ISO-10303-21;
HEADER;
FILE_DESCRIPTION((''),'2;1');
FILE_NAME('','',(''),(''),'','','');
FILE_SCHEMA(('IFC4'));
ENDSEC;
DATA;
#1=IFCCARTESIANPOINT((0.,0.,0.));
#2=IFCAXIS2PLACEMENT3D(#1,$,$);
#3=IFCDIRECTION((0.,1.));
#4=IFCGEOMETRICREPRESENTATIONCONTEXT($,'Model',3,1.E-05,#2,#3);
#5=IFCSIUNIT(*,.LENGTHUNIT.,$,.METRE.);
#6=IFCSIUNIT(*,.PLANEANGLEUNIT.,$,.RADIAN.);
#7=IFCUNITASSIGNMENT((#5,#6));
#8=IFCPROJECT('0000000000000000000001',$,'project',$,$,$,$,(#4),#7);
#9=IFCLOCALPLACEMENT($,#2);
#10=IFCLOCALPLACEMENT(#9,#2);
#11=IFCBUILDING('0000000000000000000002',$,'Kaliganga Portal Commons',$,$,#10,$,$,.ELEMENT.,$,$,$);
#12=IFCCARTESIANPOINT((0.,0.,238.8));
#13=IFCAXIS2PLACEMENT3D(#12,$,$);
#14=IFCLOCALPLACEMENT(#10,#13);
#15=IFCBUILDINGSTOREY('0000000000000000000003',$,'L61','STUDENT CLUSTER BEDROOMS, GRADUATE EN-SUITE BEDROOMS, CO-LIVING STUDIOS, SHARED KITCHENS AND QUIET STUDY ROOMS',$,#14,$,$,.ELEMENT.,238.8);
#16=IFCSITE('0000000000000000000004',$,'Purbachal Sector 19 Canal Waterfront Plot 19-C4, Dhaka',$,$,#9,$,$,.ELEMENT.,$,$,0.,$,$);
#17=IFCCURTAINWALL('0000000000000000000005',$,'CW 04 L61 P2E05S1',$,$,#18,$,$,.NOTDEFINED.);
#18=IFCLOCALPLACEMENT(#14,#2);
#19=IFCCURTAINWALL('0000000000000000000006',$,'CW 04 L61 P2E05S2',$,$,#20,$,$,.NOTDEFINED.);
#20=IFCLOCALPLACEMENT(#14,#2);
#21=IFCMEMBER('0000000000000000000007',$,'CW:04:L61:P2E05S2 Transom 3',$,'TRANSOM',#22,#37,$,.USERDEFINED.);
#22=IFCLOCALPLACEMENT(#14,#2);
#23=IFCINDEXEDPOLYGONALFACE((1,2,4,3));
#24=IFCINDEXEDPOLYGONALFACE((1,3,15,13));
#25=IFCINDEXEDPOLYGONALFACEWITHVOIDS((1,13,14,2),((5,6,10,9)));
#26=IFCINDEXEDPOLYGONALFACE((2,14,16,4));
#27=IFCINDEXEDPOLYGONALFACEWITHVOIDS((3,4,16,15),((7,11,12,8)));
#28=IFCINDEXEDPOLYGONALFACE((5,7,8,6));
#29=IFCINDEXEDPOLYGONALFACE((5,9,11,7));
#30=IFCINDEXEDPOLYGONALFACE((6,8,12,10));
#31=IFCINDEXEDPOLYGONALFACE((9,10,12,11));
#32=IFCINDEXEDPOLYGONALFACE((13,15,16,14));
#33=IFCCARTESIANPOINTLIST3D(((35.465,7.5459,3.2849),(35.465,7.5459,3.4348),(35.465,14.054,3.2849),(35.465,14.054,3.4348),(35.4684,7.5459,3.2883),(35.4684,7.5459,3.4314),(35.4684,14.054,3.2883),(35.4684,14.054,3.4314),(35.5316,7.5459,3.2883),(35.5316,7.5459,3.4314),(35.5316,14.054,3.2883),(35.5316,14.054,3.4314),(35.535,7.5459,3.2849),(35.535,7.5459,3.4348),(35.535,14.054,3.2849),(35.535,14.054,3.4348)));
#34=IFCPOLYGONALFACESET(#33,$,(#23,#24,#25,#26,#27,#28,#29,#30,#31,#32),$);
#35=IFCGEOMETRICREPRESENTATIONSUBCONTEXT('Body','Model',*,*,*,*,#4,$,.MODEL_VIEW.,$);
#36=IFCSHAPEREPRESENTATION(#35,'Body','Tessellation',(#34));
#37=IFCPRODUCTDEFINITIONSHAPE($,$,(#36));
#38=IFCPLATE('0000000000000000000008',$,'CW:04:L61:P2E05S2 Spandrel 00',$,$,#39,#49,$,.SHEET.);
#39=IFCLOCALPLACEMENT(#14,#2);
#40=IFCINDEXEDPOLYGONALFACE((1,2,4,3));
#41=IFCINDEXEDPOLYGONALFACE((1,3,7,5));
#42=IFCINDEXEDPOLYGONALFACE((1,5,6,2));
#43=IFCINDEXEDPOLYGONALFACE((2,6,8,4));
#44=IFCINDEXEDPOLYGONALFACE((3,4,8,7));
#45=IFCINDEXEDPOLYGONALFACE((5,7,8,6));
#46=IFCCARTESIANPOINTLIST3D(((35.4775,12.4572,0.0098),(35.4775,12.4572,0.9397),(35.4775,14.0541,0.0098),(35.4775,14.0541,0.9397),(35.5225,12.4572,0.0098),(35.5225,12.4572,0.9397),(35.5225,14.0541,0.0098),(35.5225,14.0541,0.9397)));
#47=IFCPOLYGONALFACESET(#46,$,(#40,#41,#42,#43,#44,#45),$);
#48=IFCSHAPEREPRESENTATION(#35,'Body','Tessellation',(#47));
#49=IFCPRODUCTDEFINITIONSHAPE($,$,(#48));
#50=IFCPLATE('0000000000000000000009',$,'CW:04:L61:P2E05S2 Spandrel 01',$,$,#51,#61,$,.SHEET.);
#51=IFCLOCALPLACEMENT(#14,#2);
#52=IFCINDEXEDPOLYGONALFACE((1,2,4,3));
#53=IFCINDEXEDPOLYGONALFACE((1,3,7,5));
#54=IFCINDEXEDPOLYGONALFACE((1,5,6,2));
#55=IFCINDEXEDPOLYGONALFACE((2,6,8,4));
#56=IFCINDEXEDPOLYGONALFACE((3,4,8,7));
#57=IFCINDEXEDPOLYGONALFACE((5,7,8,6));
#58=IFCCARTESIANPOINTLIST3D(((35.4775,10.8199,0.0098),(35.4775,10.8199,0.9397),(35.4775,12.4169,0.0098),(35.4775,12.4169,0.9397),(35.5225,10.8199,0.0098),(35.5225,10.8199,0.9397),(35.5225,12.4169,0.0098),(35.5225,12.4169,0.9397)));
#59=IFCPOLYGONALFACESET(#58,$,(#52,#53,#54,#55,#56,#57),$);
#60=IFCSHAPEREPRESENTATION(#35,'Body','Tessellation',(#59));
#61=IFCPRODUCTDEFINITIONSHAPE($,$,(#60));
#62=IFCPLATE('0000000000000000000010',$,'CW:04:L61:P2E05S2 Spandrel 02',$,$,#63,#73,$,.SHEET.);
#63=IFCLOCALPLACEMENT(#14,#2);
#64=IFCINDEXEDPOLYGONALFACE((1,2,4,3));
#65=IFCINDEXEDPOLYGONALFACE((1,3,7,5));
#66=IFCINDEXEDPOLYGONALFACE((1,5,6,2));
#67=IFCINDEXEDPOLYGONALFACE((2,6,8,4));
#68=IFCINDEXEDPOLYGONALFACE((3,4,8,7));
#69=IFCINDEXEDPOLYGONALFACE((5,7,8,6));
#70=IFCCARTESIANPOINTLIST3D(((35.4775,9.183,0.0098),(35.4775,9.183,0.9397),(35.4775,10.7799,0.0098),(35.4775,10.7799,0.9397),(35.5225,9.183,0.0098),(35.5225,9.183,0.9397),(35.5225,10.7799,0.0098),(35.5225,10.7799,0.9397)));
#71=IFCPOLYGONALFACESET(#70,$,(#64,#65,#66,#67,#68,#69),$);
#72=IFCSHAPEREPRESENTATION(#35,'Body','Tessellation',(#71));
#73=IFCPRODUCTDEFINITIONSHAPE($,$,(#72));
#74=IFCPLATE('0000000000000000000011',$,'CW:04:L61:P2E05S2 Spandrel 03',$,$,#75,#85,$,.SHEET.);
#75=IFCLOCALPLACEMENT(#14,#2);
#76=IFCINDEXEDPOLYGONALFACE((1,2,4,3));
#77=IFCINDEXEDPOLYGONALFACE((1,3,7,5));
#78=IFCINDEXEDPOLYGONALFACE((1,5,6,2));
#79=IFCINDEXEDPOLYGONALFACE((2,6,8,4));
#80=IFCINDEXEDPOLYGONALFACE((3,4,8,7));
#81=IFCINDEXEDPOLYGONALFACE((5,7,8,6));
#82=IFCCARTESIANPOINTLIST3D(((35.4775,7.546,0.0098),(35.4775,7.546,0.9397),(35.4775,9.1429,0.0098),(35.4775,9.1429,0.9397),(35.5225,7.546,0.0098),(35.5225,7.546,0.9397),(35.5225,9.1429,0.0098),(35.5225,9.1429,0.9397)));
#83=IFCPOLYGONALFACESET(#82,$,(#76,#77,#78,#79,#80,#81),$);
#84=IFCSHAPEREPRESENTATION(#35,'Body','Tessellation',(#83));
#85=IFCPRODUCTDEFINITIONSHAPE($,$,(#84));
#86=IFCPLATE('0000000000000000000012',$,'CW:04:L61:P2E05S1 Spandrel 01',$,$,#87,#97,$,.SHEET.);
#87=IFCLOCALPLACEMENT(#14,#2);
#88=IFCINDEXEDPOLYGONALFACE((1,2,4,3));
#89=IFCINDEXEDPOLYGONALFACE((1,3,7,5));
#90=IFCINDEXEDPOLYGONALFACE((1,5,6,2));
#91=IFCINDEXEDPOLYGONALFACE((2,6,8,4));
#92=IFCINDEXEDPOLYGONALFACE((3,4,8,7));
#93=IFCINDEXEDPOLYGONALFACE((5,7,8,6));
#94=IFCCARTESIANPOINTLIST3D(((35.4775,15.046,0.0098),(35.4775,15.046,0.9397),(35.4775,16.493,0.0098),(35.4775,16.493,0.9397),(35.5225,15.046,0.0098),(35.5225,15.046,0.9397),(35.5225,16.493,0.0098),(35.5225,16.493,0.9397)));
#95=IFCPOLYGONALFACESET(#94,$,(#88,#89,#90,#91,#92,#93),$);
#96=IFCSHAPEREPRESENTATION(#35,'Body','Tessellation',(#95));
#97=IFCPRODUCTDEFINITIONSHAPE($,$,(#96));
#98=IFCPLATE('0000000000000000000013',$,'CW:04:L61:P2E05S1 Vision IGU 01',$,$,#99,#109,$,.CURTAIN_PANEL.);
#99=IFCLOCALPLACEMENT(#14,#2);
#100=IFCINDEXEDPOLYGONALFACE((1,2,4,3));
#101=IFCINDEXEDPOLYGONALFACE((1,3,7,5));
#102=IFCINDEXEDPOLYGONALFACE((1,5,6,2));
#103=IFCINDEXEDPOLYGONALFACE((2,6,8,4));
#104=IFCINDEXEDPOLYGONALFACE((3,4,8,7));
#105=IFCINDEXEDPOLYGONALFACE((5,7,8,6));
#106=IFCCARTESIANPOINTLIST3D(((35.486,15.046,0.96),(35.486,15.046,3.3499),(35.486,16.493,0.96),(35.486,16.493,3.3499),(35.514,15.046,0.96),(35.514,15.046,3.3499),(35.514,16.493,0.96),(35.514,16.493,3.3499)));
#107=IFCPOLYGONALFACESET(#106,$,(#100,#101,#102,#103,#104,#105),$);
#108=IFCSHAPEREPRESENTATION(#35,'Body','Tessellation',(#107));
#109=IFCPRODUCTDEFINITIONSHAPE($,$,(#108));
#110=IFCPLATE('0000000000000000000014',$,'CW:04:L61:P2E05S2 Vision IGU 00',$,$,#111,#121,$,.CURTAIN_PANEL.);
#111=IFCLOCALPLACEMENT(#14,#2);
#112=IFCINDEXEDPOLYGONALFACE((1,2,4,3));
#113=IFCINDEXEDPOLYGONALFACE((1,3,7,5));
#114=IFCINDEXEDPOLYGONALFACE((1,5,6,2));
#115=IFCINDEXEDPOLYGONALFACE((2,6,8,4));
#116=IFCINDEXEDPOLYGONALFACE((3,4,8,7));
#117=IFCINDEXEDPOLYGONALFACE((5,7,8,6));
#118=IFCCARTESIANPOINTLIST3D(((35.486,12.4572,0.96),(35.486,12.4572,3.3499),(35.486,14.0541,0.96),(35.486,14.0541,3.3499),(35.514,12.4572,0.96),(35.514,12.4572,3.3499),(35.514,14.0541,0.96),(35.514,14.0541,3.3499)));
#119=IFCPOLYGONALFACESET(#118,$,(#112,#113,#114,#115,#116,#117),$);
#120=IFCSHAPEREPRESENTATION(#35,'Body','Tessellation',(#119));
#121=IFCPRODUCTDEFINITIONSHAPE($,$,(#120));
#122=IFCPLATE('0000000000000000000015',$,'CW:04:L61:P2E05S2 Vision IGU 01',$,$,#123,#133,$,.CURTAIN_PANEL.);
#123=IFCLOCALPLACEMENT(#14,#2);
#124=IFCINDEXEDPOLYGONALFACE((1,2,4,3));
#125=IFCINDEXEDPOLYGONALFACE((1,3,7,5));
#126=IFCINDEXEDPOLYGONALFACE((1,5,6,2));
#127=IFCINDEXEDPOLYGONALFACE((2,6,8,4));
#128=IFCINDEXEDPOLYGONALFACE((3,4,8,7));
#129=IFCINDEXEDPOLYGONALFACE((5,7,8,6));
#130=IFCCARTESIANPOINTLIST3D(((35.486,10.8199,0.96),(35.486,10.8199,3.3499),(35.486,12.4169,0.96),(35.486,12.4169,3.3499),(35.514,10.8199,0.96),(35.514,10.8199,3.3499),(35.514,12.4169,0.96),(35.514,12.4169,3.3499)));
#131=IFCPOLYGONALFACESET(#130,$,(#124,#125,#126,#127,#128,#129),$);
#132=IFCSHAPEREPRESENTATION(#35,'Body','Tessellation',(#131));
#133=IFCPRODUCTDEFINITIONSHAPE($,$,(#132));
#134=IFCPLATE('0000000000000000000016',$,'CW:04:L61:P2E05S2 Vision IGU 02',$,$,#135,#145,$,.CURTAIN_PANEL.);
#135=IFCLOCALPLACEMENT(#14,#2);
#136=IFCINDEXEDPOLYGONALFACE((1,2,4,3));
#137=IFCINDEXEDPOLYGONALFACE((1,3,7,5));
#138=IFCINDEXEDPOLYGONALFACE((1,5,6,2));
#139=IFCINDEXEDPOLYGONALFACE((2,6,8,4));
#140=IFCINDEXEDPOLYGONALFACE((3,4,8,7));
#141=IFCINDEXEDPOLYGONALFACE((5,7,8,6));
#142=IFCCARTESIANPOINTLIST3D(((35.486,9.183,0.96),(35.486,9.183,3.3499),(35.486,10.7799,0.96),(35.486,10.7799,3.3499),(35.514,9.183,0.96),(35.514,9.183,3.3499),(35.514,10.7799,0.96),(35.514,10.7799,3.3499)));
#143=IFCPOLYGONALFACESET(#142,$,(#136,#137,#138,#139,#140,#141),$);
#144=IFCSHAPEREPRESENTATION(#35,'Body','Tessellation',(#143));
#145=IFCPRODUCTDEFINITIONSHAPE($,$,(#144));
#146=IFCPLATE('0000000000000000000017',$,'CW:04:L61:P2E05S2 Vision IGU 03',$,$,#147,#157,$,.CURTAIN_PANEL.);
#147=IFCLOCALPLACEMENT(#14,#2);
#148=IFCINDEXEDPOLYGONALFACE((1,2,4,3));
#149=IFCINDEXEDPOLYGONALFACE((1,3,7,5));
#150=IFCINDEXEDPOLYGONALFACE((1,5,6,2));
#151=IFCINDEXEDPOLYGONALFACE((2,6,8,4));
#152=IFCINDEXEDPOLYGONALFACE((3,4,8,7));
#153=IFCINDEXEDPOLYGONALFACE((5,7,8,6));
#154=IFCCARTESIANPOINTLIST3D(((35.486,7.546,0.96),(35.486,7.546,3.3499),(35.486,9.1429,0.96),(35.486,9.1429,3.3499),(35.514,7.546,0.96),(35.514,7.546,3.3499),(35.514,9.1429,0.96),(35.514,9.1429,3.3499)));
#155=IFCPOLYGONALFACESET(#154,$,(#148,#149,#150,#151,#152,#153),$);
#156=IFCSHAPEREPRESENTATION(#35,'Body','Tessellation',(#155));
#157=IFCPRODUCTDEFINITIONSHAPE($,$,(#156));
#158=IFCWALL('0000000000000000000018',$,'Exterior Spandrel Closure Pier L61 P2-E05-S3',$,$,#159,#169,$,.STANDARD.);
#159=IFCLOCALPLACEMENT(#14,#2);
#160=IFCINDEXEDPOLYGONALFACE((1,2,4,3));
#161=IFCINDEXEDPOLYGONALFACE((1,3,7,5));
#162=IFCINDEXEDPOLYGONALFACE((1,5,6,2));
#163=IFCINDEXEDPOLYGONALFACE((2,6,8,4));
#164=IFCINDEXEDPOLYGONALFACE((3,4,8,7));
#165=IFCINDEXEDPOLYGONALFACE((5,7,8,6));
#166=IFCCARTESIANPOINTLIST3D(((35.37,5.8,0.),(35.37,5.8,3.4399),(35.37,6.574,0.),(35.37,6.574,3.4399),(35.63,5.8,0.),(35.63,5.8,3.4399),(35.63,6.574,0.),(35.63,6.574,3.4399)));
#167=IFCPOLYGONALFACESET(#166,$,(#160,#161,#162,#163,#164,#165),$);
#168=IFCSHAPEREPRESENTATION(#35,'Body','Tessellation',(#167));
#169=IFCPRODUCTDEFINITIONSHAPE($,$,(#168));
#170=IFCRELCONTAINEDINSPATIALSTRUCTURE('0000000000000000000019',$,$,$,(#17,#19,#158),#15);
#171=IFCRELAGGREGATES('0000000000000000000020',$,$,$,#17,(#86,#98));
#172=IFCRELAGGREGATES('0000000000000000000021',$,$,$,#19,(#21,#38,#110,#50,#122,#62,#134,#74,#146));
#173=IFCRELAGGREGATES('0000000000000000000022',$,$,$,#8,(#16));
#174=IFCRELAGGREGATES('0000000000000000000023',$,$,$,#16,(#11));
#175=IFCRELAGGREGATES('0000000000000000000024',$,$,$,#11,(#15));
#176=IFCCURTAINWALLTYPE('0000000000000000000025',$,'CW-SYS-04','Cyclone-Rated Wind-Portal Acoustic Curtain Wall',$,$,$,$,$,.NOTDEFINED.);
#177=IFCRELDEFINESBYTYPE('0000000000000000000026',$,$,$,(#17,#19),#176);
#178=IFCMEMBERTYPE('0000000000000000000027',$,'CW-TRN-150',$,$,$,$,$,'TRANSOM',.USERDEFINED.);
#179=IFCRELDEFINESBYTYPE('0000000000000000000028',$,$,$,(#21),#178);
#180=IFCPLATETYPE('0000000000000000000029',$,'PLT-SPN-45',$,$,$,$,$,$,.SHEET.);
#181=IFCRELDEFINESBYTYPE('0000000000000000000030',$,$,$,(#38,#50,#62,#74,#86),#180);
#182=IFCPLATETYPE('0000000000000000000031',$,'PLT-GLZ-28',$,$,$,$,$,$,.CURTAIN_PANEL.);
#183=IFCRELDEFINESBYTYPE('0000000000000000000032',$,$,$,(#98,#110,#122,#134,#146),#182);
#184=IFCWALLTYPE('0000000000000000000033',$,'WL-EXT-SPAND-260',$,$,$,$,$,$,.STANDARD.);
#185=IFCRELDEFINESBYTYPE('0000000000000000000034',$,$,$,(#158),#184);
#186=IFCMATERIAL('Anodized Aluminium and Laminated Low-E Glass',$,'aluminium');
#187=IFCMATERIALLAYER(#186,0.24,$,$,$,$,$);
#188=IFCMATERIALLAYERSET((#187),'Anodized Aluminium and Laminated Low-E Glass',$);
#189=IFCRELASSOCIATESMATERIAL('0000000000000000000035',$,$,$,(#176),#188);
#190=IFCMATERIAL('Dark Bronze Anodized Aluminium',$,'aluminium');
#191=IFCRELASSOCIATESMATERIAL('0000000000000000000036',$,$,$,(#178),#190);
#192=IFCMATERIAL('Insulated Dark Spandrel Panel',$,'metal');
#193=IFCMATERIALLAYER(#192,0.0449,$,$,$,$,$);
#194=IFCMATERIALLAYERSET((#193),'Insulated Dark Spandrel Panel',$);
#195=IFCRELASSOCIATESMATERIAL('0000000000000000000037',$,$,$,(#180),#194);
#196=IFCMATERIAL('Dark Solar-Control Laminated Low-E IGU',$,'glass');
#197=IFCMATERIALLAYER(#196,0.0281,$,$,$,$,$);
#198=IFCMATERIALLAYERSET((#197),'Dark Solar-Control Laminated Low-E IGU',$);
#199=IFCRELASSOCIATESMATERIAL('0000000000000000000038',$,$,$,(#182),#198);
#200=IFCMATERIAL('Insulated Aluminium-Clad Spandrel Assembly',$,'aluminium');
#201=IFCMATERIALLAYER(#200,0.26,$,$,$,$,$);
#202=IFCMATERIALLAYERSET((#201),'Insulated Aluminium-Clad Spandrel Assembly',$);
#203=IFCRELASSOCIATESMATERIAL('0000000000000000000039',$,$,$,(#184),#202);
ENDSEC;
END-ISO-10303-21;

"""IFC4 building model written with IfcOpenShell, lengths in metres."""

from ifc_helpers import new_model, si_unit, direction, frame, frame_2d, origin, origin_2d, place, context, subcontext, project, spatial, rectangle, hollow_rectangle, extrude, source, transform, mapped, material, layer, layer_set, material_profile, profile_set, type_object, element, aggregate, save


model = new_model("IFC4")

# Units and contexts
model_context = context("Model", 3, precision=1e-05, world=origin(), true_north=direction((0.0, 1.0)))
body_context = subcontext(model_context, "Body", "Model", "MODEL_VIEW")
ifc_project = project(units=[si_unit("LENGTHUNIT", "METRE"), si_unit("PLANEANGLEUNIT", "RADIAN")], contexts=[model_context])

# Site, building, storey
site_placement = place(None, origin())
site = spatial("IfcSite", under=ifc_project, at=site_placement, Name="Purbachal Sector 19 Canal Waterfront Plot 19-C4, Dhaka", CompositionType="ELEMENT", RefElevation=0.0)
building_placement = place(site_placement, origin())
building = spatial("IfcBuilding", under=site, at=building_placement, Name="Kaliganga Portal Commons", CompositionType="ELEMENT")
storey_placement = place(building_placement, frame((0.0, 0.0, 238.8)))
storey = spatial("IfcBuildingStorey", under=building, at=storey_placement, Name="L61", Description="STUDENT CLUSTER BEDROOMS, GRADUATE EN-SUITE BEDROOMS, CO-LIVING STUDIOS, SHARED KITCHENS AND QUIET STUDY ROOMS", CompositionType="ELEMENT", Elevation=238.8)

# Curtain wall
ifc_material_1 = material(Name="Anodized Aluminium and Laminated Low-E Glass", Category="aluminium")
ifc_layer_1 = layer(ifc_material_1, 0.24)
ifc_layer_set_1 = layer_set([ifc_layer_1], Name="Anodized Aluminium and Laminated Low-E Glass")
curtain_wall_type = type_object("IfcCurtainWallType", Name="CW-SYS-04", Description="Cyclone-Rated Wind-Portal Acoustic Curtain Wall", PredefinedType="NOTDEFINED", material=ifc_layer_set_1)
curtain_wall_1_placement = place(storey_placement, origin())
curtain_wall_1 = element("IfcCurtainWall", 1, at=curtain_wall_1_placement, inside=storey, type_object=curtain_wall_type, Name="CW 04 L61 P2E05S1", PredefinedType="NOTDEFINED")
ifc_material_2 = material(Name="Dark Bronze Anodized Aluminium", Category="aluminium")

# Curtain wall, member, plates
curtain_wall_2_placement = place(storey_placement, origin())
curtain_wall_2 = element("IfcCurtainWall", 2, at=curtain_wall_2_placement, inside=storey, type_object=curtain_wall_type, Name="CW 04 L61 P2E05S2", PredefinedType="NOTDEFINED")
ifc_material_profile_1 = material_profile(ifc_material_2, hollow_rectangle(XDim=0.0701, YDim=0.1499, WallThickness=0.0034, at=origin_2d()), Name="ALU TRAN 70x150x3.5")
ifc_profile_set_1 = profile_set([ifc_material_profile_1], Name="Dark Bronze Anodized Aluminium")
member_type_1 = type_object("IfcMemberType", Name="CW-TRN-150", ElementType="TRANSOM", PredefinedType="USERDEFINED", material=ifc_profile_set_1)
shared_shape_1 = source(origin(), body_context, "Body", "SweptSolid", [
    extrude(hollow_rectangle(XDim=0.0701, YDim=0.1499, WallThickness=0.0034, at=origin_2d()), origin(), (0.0, 0.0, 1.0), 6.5081),
])
member_1_placement = place(storey_placement, frame((35.5, 14.054, 3.3599), z_axis=(0.0, -1.0, 0.0), x_axis=(1.0, 0.0, 0.0)))
member_1 = element("IfcMember", 3, at=member_1_placement, type_object=member_type_1, Name="CW:04:L61:P2E05S2 Transom 3", ObjectType="TRANSOM", PredefinedType="USERDEFINED", context=body_context, shape_type="MappedRepresentation", body=[
    mapped(shared_shape_1, transform((0.0, 0.0, 0.0), x_axis=(1.0, 0.0, 0.0), y_axis=(0.0, 1.0, 0.0), z_axis=(0.0, 0.0, 1.0), scale=1.0)),
])
ifc_material_3 = material(Name="Insulated Dark Spandrel Panel", Category="metal")
ifc_layer_2 = layer(ifc_material_3, 0.0449)
ifc_layer_set_2 = layer_set([ifc_layer_2], Name="Insulated Dark Spandrel Panel")
plate_type_1 = type_object("IfcPlateType", Name="PLT-SPN-45", PredefinedType="SHEET", material=ifc_layer_set_2)
shared_shape_2 = source(origin(), body_context, "Body", "SweptSolid", [
    extrude(rectangle(XDim=1.5969, YDim=0.0449, at=origin_2d()), origin(), (0.0, 0.0, 1.0), 0.9299),
])
plate_1_placement = place(storey_placement, frame((35.5, 13.2556, 0.0098), z_axis=(0.0, 0.0, 1.0), x_axis=(0.0, -1.0, 0.0)))
plate_1 = element("IfcPlate", 4, at=plate_1_placement, type_object=plate_type_1, Name="CW:04:L61:P2E05S2 Spandrel 00", PredefinedType="SHEET", context=body_context, shape_type="MappedRepresentation", body=[
    mapped(shared_shape_2, transform((0.0, 0.0, 0.0), x_axis=(1.0, 0.0, 0.0), y_axis=(0.0, 1.0, 0.0), z_axis=(0.0, 0.0, 1.0), scale=1.0)),
])
plate_2_placement = place(storey_placement, frame((35.5, 11.6184, 0.0098), z_axis=(0.0, 0.0, 1.0), x_axis=(0.0, -1.0, 0.0)))
plate_2 = element("IfcPlate", 5, at=plate_2_placement, type_object=plate_type_1, Name="CW:04:L61:P2E05S2 Spandrel 01", PredefinedType="SHEET", context=body_context, shape_type="MappedRepresentation", body=[
    mapped(shared_shape_2, transform((0.0, 0.0, 0.0), x_axis=(1.0, 0.0, 0.0), y_axis=(0.0, 1.0, 0.0), z_axis=(0.0, 0.0, 1.0), scale=1.0)),
])
plate_3_placement = place(storey_placement, frame((35.5, 9.9814, 0.0098), z_axis=(0.0, 0.0, 1.0), x_axis=(0.0, -1.0, 0.0)))
plate_3 = element("IfcPlate", 6, at=plate_3_placement, type_object=plate_type_1, Name="CW:04:L61:P2E05S2 Spandrel 02", PredefinedType="SHEET", context=body_context, shape_type="MappedRepresentation", body=[
    mapped(shared_shape_2, transform((0.0, 0.0, 0.0), x_axis=(1.0, 0.0, 0.0), y_axis=(0.0, 1.0, 0.0), z_axis=(0.0, 0.0, 1.0), scale=1.0)),
])
plate_4_placement = place(storey_placement, frame((35.5, 8.3445, 0.0098), z_axis=(0.0, 0.0, 1.0), x_axis=(0.0, -1.0, 0.0)))
plate_4 = element("IfcPlate", 7, at=plate_4_placement, type_object=plate_type_1, Name="CW:04:L61:P2E05S2 Spandrel 03", PredefinedType="SHEET", context=body_context, shape_type="MappedRepresentation", body=[
    mapped(shared_shape_2, transform((0.0, 0.0, 0.0), x_axis=(1.0, 0.0, 0.0), y_axis=(0.0, 1.0, 0.0), z_axis=(0.0, 0.0, 1.0), scale=1.0)),
])

# Plates
shared_shape_3 = source(origin(), body_context, "Body", "SweptSolid", [
    extrude(rectangle(XDim=1.447, YDim=0.0449, at=origin_2d()), origin(), (0.0, 0.0, 1.0), 0.9299),
])
plate_5_placement = place(storey_placement, frame((35.5, 15.7695, 0.0098), z_axis=(0.0, 0.0, 1.0), x_axis=(0.0, -1.0, 0.0)))
plate_5 = element("IfcPlate", 8, at=plate_5_placement, type_object=plate_type_1, Name="CW:04:L61:P2E05S1 Spandrel 01", PredefinedType="SHEET", context=body_context, shape_type="MappedRepresentation", body=[
    mapped(shared_shape_3, transform((0.0, 0.0, 0.0), x_axis=(1.0, 0.0, 0.0), y_axis=(0.0, 1.0, 0.0), z_axis=(0.0, 0.0, 1.0), scale=1.0)),
])
ifc_material_4 = material(Name="Dark Solar-Control Laminated Low-E IGU", Category="glass")
ifc_layer_3 = layer(ifc_material_4, 0.0281)
ifc_layer_set_3 = layer_set([ifc_layer_3], Name="Dark Solar-Control Laminated Low-E IGU")
plate_type_2 = type_object("IfcPlateType", Name="PLT-GLZ-28", PredefinedType="CURTAIN_PANEL", material=ifc_layer_set_3)
shared_shape_4 = source(origin(), body_context, "Body", "SweptSolid", [
    extrude(rectangle(XDim=1.447, YDim=0.0281, at=origin_2d()), origin(), (0.0, 0.0, 1.0), 2.3899),
])
plate_6_placement = place(storey_placement, frame((35.5, 15.7695, 0.96), z_axis=(0.0, 0.0, 1.0), x_axis=(0.0, -1.0, 0.0)))
plate_6 = element("IfcPlate", 9, at=plate_6_placement, type_object=plate_type_2, Name="CW:04:L61:P2E05S1 Vision IGU 01", PredefinedType="CURTAIN_PANEL", context=body_context, shape_type="MappedRepresentation", body=[
    mapped(shared_shape_4, transform((0.0, 0.0, 0.0), x_axis=(1.0, 0.0, 0.0), y_axis=(0.0, 1.0, 0.0), z_axis=(0.0, 0.0, 1.0), scale=1.0)),
])
aggregate(curtain_wall_1, [plate_5, plate_6])
shared_shape_5 = source(origin(), body_context, "Body", "SweptSolid", [
    extrude(rectangle(XDim=1.5969, YDim=0.0281, at=origin_2d()), origin(), (0.0, 0.0, 1.0), 2.3899),
])
plate_7_placement = place(storey_placement, frame((35.5, 13.2556, 0.96), z_axis=(0.0, 0.0, 1.0), x_axis=(0.0, -1.0, 0.0)))
plate_7 = element("IfcPlate", 10, at=plate_7_placement, type_object=plate_type_2, Name="CW:04:L61:P2E05S2 Vision IGU 00", PredefinedType="CURTAIN_PANEL", context=body_context, shape_type="MappedRepresentation", body=[
    mapped(shared_shape_5, transform((0.0, 0.0, 0.0), x_axis=(1.0, 0.0, 0.0), y_axis=(0.0, 1.0, 0.0), z_axis=(0.0, 0.0, 1.0), scale=1.0)),
])
plate_8_placement = place(storey_placement, frame((35.5, 11.6184, 0.96), z_axis=(0.0, 0.0, 1.0), x_axis=(0.0, -1.0, 0.0)))
plate_8 = element("IfcPlate", 11, at=plate_8_placement, type_object=plate_type_2, Name="CW:04:L61:P2E05S2 Vision IGU 01", PredefinedType="CURTAIN_PANEL", context=body_context, shape_type="MappedRepresentation", body=[
    mapped(shared_shape_5, transform((0.0, 0.0, 0.0), x_axis=(1.0, 0.0, 0.0), y_axis=(0.0, 1.0, 0.0), z_axis=(0.0, 0.0, 1.0), scale=1.0)),
])
plate_9_placement = place(storey_placement, frame((35.5, 9.9814, 0.96), z_axis=(0.0, 0.0, 1.0), x_axis=(0.0, -1.0, 0.0)))
plate_9 = element("IfcPlate", 12, at=plate_9_placement, type_object=plate_type_2, Name="CW:04:L61:P2E05S2 Vision IGU 02", PredefinedType="CURTAIN_PANEL", context=body_context, shape_type="MappedRepresentation", body=[
    mapped(shared_shape_5, transform((0.0, 0.0, 0.0), x_axis=(1.0, 0.0, 0.0), y_axis=(0.0, 1.0, 0.0), z_axis=(0.0, 0.0, 1.0), scale=1.0)),
])
plate_10_placement = place(storey_placement, frame((35.5, 8.3445, 0.96), z_axis=(0.0, 0.0, 1.0), x_axis=(0.0, -1.0, 0.0)))
plate_10 = element("IfcPlate", 13, at=plate_10_placement, type_object=plate_type_2, Name="CW:04:L61:P2E05S2 Vision IGU 03", PredefinedType="CURTAIN_PANEL", context=body_context, shape_type="MappedRepresentation", body=[
    mapped(shared_shape_5, transform((0.0, 0.0, 0.0), x_axis=(1.0, 0.0, 0.0), y_axis=(0.0, 1.0, 0.0), z_axis=(0.0, 0.0, 1.0), scale=1.0)),
])
aggregate(curtain_wall_2, [member_1, plate_1, plate_7, plate_2, plate_8, plate_3, plate_9, plate_4, plate_10])

# Wall
ifc_material_5 = material(Name="Insulated Aluminium-Clad Spandrel Assembly", Category="aluminium")
ifc_layer_4 = layer(ifc_material_5, 0.26)
ifc_layer_set_4 = layer_set([ifc_layer_4], Name="Insulated Aluminium-Clad Spandrel Assembly")
wall_type = type_object("IfcWallType", Name="WL-EXT-SPAND-260", PredefinedType="STANDARD", material=ifc_layer_set_4)
wall_placement = place(storey_placement, frame((35.5, 5.8, 0.0), z_axis=(0.0, 0.0, 1.0), x_axis=(0.0, 1.0, 0.0)))
element("IfcWall", 14, at=wall_placement, inside=storey, type_object=wall_type, Name="Exterior Spandrel Closure Pier L61 P2-E05-S3", PredefinedType="STANDARD", context=body_context, shape_type="SweptSolid", body=[
    extrude(rectangle(XDim=0.7739, YDim=0.26, at=frame_2d((0.387, 0.0))), origin(), (0.0, 0.0, 1.0), 3.4399),
])

save(model, "model.ifc")
